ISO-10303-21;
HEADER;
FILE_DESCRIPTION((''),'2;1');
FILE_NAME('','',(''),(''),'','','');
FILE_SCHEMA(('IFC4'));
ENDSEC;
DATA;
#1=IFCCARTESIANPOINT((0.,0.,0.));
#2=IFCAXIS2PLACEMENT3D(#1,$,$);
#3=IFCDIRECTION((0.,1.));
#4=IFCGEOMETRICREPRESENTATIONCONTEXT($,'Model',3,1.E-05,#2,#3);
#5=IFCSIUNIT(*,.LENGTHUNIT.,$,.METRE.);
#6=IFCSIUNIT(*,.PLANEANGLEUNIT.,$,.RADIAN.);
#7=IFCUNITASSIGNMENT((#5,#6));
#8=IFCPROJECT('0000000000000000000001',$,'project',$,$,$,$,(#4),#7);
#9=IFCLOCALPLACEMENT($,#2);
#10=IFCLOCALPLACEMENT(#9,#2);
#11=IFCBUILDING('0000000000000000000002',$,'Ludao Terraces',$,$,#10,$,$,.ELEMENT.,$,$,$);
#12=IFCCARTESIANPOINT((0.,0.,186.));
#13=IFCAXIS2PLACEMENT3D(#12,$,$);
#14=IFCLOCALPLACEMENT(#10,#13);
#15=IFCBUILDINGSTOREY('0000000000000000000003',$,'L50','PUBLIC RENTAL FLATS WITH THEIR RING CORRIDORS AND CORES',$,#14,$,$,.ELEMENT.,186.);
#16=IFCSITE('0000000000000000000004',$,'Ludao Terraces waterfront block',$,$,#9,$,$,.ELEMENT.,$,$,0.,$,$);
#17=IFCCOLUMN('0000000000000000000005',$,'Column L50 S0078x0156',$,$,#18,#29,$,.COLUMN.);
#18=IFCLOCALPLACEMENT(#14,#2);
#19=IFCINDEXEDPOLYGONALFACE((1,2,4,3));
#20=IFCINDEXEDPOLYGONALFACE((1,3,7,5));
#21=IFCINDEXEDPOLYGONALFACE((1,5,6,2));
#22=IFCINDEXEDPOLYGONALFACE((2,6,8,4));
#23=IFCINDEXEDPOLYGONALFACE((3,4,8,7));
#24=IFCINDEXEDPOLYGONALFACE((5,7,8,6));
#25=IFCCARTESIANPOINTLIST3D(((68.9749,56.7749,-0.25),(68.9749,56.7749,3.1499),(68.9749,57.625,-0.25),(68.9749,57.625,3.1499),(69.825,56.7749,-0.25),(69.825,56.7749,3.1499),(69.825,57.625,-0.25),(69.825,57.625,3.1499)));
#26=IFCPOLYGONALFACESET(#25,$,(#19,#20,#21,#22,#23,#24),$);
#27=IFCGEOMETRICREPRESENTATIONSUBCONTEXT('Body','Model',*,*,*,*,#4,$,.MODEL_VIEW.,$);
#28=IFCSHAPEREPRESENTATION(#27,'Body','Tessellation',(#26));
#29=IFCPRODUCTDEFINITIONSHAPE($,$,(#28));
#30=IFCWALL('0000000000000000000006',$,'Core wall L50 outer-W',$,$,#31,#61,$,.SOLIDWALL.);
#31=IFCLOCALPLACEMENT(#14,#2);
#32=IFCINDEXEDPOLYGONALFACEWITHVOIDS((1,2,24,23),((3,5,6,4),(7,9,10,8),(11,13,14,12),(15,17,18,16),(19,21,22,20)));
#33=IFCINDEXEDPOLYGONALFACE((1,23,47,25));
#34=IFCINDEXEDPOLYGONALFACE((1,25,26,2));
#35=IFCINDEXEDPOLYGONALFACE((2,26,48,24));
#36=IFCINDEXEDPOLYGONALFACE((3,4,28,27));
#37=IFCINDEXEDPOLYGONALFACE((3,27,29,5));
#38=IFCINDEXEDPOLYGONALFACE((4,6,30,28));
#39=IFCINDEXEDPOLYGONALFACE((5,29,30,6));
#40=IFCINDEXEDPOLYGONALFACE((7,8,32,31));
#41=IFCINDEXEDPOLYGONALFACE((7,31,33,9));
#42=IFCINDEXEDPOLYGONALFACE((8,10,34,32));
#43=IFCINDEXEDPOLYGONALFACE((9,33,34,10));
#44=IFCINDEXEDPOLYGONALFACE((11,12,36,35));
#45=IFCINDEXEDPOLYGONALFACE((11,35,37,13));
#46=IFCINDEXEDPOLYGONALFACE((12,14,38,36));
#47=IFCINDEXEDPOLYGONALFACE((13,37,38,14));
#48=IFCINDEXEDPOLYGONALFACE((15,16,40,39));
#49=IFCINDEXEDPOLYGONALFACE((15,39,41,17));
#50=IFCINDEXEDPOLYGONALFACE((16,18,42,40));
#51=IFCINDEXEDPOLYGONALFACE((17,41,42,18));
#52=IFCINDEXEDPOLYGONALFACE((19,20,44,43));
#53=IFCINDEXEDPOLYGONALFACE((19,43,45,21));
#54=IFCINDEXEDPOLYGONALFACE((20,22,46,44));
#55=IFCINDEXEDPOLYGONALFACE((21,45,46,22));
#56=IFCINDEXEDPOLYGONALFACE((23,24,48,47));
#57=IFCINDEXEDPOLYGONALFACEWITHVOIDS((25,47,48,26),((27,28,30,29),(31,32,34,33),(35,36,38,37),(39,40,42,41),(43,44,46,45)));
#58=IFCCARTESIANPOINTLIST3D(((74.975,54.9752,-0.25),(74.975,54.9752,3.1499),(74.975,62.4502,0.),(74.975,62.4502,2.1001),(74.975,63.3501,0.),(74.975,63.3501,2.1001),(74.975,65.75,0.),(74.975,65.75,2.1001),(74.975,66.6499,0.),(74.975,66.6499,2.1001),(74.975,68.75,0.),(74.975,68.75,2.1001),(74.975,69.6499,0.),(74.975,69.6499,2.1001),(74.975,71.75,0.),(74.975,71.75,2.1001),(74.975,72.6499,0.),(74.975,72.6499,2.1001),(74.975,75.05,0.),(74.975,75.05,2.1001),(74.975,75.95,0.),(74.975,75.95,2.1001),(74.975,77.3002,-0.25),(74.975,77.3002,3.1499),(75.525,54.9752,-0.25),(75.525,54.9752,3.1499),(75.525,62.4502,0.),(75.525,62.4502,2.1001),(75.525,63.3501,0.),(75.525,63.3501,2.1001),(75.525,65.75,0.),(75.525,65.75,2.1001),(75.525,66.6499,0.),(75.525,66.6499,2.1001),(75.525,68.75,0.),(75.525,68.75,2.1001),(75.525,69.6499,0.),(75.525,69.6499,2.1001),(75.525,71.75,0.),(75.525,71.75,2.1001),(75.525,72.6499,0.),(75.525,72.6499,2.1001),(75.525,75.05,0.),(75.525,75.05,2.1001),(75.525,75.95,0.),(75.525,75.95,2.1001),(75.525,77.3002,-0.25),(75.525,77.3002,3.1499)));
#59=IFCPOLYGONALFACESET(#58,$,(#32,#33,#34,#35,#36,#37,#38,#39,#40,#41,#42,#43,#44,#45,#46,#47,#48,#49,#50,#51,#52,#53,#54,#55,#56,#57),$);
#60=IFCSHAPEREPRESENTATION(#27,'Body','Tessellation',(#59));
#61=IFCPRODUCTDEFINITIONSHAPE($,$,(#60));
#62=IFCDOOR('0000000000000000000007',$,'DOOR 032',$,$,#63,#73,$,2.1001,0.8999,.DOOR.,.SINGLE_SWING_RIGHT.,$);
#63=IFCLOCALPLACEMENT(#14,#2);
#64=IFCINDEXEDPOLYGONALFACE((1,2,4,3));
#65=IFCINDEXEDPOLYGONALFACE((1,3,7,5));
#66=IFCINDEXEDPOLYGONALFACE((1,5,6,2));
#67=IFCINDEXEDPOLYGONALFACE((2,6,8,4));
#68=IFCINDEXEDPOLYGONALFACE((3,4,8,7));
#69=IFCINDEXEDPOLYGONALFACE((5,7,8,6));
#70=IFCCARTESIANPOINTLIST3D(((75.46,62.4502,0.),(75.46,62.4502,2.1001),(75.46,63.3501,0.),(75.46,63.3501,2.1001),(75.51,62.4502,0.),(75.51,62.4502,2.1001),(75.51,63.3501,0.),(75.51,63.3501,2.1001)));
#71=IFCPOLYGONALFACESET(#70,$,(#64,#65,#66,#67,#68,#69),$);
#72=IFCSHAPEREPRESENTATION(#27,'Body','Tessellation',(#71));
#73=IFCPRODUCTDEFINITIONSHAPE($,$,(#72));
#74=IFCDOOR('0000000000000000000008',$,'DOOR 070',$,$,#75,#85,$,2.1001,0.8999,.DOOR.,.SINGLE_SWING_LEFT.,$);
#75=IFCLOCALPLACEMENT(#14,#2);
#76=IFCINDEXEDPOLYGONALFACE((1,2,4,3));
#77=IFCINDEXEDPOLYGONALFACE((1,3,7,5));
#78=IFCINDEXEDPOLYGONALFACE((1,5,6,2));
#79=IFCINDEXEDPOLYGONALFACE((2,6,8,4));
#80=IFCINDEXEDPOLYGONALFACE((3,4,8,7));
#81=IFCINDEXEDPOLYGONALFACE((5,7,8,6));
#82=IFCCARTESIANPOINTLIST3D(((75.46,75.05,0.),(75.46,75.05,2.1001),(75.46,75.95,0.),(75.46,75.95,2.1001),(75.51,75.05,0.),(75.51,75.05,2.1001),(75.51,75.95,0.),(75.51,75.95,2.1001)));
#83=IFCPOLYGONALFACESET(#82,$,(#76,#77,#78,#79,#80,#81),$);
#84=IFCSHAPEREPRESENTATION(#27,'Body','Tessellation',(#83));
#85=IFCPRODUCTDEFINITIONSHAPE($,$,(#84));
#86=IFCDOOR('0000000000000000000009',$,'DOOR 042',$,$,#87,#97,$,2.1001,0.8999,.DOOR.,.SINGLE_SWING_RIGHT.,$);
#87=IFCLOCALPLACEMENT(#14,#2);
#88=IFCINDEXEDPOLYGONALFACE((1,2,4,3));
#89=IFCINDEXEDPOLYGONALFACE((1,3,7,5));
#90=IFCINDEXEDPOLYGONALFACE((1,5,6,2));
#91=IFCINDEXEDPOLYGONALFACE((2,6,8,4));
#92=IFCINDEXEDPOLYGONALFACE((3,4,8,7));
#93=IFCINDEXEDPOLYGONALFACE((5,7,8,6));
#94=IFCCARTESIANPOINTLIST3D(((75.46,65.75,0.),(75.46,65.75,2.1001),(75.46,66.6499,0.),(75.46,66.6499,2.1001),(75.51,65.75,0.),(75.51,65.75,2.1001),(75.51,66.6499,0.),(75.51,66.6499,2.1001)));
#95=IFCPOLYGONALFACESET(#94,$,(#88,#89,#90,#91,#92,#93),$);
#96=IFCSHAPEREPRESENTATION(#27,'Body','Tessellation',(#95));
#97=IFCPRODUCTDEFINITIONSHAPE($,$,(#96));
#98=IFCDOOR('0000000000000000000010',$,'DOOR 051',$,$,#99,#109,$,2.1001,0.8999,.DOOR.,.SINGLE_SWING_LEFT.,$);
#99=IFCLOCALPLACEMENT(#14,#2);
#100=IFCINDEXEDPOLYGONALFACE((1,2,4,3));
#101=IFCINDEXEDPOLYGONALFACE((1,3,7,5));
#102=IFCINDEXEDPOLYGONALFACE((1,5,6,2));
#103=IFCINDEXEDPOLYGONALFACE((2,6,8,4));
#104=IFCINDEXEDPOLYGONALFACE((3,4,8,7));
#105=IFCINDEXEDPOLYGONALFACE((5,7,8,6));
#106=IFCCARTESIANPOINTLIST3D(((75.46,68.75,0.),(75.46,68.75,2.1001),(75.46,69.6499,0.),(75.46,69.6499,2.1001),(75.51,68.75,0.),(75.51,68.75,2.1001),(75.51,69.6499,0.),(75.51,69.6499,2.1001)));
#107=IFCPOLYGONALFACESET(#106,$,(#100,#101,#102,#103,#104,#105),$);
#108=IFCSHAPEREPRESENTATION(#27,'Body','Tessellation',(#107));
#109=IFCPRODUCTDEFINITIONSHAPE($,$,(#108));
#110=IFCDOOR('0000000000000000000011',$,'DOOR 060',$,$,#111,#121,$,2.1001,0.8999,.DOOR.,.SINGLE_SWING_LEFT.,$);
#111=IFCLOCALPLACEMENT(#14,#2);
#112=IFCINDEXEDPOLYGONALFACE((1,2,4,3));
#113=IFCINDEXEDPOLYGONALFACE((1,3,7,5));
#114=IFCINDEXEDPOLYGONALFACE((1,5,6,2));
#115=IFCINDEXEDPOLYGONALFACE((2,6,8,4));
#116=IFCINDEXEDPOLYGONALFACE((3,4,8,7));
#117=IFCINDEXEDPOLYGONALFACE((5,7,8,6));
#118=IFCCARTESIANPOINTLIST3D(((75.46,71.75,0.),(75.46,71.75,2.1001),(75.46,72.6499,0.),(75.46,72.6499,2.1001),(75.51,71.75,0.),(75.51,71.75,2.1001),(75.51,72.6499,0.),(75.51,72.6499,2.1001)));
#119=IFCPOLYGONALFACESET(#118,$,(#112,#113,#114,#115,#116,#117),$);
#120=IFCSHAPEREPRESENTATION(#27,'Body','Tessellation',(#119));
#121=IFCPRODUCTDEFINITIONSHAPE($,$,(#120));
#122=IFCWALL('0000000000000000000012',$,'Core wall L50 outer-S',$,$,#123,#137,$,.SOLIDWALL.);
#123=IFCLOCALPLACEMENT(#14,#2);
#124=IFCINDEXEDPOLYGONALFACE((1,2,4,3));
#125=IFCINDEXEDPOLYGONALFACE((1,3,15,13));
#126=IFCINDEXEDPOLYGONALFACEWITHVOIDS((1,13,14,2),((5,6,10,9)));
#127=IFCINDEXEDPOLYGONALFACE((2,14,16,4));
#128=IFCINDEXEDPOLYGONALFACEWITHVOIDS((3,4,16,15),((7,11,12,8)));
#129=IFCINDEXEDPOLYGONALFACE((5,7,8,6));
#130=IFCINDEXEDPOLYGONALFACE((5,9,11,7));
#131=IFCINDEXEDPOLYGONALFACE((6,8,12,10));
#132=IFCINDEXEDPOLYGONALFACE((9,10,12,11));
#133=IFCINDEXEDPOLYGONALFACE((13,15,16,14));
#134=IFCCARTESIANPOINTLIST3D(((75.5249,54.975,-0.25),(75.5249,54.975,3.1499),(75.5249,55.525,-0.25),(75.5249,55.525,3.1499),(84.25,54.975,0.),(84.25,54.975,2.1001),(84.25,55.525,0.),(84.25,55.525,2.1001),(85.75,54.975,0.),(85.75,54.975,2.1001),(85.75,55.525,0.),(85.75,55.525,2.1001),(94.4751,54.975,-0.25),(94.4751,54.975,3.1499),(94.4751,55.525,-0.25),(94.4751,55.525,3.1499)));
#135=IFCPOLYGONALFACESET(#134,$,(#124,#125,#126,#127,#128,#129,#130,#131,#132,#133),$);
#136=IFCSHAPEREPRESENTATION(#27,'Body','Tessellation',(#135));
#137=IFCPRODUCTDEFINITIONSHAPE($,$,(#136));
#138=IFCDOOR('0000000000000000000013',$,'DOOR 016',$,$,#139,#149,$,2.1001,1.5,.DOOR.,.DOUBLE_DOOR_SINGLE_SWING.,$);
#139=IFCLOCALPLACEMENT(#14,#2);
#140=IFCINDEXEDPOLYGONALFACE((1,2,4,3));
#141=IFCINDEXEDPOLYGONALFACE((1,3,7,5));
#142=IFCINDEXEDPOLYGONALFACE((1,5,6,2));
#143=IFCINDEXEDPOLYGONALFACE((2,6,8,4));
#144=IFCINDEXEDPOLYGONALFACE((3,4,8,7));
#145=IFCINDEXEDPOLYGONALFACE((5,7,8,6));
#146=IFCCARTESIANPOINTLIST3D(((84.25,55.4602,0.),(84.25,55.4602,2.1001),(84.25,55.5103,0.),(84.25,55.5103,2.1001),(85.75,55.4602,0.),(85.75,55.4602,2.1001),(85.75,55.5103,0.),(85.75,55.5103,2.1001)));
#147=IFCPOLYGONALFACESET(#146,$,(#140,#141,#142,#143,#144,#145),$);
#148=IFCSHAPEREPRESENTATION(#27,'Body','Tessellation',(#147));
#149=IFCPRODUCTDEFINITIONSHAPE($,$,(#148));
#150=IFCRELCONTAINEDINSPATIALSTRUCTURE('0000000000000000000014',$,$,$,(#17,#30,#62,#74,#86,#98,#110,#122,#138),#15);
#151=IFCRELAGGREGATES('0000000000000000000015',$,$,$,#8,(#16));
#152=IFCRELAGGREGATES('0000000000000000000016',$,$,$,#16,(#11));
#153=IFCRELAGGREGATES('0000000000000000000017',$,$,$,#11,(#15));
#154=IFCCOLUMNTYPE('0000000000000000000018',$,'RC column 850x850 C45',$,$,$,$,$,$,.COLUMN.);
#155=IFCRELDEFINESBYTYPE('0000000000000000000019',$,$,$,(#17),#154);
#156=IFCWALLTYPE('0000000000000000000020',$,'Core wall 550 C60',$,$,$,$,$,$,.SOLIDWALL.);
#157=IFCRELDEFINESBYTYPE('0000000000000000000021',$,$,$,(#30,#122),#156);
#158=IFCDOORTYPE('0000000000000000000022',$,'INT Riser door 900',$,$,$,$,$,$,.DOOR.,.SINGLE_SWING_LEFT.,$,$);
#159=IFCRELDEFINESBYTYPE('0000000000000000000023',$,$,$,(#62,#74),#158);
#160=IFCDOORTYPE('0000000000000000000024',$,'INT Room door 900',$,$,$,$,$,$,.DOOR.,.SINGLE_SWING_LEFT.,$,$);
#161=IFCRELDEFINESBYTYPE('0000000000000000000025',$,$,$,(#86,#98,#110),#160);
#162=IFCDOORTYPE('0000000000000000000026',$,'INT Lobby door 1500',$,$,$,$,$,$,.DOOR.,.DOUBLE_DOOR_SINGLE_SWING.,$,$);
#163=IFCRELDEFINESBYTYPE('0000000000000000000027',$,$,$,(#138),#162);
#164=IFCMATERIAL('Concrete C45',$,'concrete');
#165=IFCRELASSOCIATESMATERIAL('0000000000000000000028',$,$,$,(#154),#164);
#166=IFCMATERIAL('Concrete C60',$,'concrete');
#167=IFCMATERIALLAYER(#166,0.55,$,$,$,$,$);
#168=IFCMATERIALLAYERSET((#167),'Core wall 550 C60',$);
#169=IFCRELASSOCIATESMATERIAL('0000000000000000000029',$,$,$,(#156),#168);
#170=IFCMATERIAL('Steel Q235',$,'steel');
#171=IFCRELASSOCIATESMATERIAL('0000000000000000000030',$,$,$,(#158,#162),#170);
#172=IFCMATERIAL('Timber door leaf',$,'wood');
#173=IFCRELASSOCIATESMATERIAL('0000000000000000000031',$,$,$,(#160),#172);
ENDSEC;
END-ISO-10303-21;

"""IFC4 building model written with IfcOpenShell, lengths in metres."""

from ifc_helpers import new_model, si_unit, direction, frame, frame_2d, origin, origin_2d, place, context, subcontext, project, spatial, rectangle, extrude, material, layer, layer_set, material_profile, profile_set, type_object, element, fill, save


model = new_model("IFC4")

# Units and contexts
model_context = context("Model", 3, precision=1e-05, world=origin(), true_north=direction((0.0, 1.0)))
body_context = subcontext(model_context, "Body", "Model", "MODEL_VIEW")
ifc_project = project(units=[si_unit("LENGTHUNIT", "METRE"), si_unit("PLANEANGLEUNIT", "RADIAN")], contexts=[model_context])

# Site, building, storey
site_placement = place(None, origin())
site = spatial("IfcSite", under=ifc_project, at=site_placement, Name="Ludao Terraces waterfront block", CompositionType="ELEMENT", RefElevation=0.0)
building_placement = place(site_placement, origin())
building = spatial("IfcBuilding", under=site, at=building_placement, Name="Ludao Terraces", CompositionType="ELEMENT")
storey_placement = place(building_placement, frame((0.0, 0.0, 186.0)))
storey = spatial("IfcBuildingStorey", under=building, at=storey_placement, Name="L50", Description="PUBLIC RENTAL FLATS WITH THEIR RING CORRIDORS AND CORES", CompositionType="ELEMENT", Elevation=186.0)

# Column
ifc_material_1 = material(Name="Concrete C45", Category="concrete")
ifc_material_profile = material_profile(ifc_material_1, rectangle(XDim=0.8501, YDim=0.8501, at=origin_2d()), Name="850 X 850")
ifc_profile_set = profile_set([ifc_material_profile], Name="Concrete C45")
column_type = type_object("IfcColumnType", Name="RC column 850x850 C45", PredefinedType="COLUMN", material=ifc_profile_set)
column_placement = place(storey_placement, frame((69.3999, 57.2, -0.25), z_axis=(0.0, 0.0, 1.0), x_axis=(1.0, 0.0, 0.0)))
element("IfcColumn", 1, at=column_placement, inside=storey, type_object=column_type, Name="Column L50 S0078x0156", PredefinedType="COLUMN", context=body_context, shape_type="SweptSolid", body=[
    extrude(rectangle(XDim=0.8501, YDim=0.8501, at=origin_2d()), origin(), (0.0, 0.0, 1.0), 3.3999),
])

# Wall, openings, doors
ifc_material_2 = material(Name="Concrete C60", Category="concrete")
ifc_layer_1 = layer(ifc_material_2, 0.55)
ifc_layer_set_1 = layer_set([ifc_layer_1], Name="Core wall 550 C60")
wall_type_1 = type_object("IfcWallType", Name="Core wall 550 C60", PredefinedType="SOLIDWALL", material=ifc_layer_set_1)
wall_1_placement = place(storey_placement, frame((75.25, 54.9751, -0.25), z_axis=(0.0, 0.0, 1.0), x_axis=(0.0, 1.0, 0.0)))
wall_1 = element("IfcWall", 2, at=wall_1_placement, inside=storey, type_object=wall_type_1, Name="Core wall L50 outer-W", PredefinedType="SOLIDWALL", context=body_context, shape_type="SweptSolid", body=[
    extrude(rectangle(XDim=22.325, YDim=0.55, at=frame_2d((11.1626, 0.0))), origin(), (0.0, 0.0, 1.0), 3.3999),
])
opening_1_placement = place(wall_1_placement, frame((7.4751, 0.0, 0.25)))
opening_1 = element("IfcOpeningElement", 3, at=opening_1_placement, cuts=wall_1, PredefinedType="OPENING", context=body_context, shape_type="SweptSolid", body=[
    extrude(rectangle(XDim=0.8999, YDim=2.1001, at=frame_2d((0.45, 1.05))), frame((0.0, 0.2852, 0.0), z_axis=(0.0, -1.0, 0.0), x_axis=(1.0, 0.0, 0.0)), (0.0, 0.0, 1.0), 0.5701),
])
opening_2_placement = place(wall_1_placement, frame((10.7749, 0.0, 0.25)))
opening_2 = element("IfcOpeningElement", 4, at=opening_2_placement, cuts=wall_1, PredefinedType="OPENING", context=body_context, shape_type="SweptSolid", body=[
    extrude(rectangle(XDim=0.8999, YDim=2.1001, at=frame_2d((0.45, 1.05))), frame((0.0, 0.2852, 0.0), z_axis=(0.0, -1.0, 0.0), x_axis=(1.0, 0.0, 0.0)), (0.0, 0.0, 1.0), 0.5701),
])
opening_3_placement = place(wall_1_placement, frame((13.7749, 0.0, 0.25)))
opening_3 = element("IfcOpeningElement", 5, at=opening_3_placement, cuts=wall_1, PredefinedType="OPENING", context=body_context, shape_type="SweptSolid", body=[
    extrude(rectangle(XDim=0.8999, YDim=2.1001, at=frame_2d((0.45, 1.05))), frame((0.0, 0.2852, 0.0), z_axis=(0.0, -1.0, 0.0), x_axis=(1.0, 0.0, 0.0)), (0.0, 0.0, 1.0), 0.5701),
])
opening_4_placement = place(wall_1_placement, frame((16.7749, 0.0, 0.25)))
opening_4 = element("IfcOpeningElement", 6, at=opening_4_placement, cuts=wall_1, PredefinedType="OPENING", context=body_context, shape_type="SweptSolid", body=[
    extrude(rectangle(XDim=0.8999, YDim=2.1001, at=frame_2d((0.45, 1.05))), frame((0.0, 0.2852, 0.0), z_axis=(0.0, -1.0, 0.0), x_axis=(1.0, 0.0, 0.0)), (0.0, 0.0, 1.0), 0.5701),
])
opening_5_placement = place(wall_1_placement, frame((20.075, 0.0, 0.25)))
opening_5 = element("IfcOpeningElement", 7, at=opening_5_placement, cuts=wall_1, PredefinedType="OPENING", context=body_context, shape_type="SweptSolid", body=[
    extrude(rectangle(XDim=0.8999, YDim=2.1001, at=frame_2d((0.45, 1.05))), frame((0.0, 0.2852, 0.0), z_axis=(0.0, -1.0, 0.0), x_axis=(1.0, 0.0, 0.0)), (0.0, 0.0, 1.0), 0.5701),
])
ifc_material_3 = material(Name="Steel Q235", Category="steel")
door_type_1 = type_object("IfcDoorType", Name="INT Riser door 900", OperationType="SINGLE_SWING_LEFT", PredefinedType="DOOR", material=ifc_material_3)
door_1_placement = place(opening_1_placement, origin())
door_1 = element("IfcDoor", 8, at=door_1_placement, inside=storey, type_object=door_type_1, Name="DOOR 032", OperationType="SINGLE_SWING_RIGHT", OverallHeight=2.1001, OverallWidth=0.8999, PredefinedType="DOOR", context=body_context, shape_type="SweptSolid", body=[
    extrude(rectangle(XDim=0.8999, YDim=2.1001, at=frame_2d((0.45, 1.05))), frame((0.0, -0.21, 0.0), z_axis=(0.0, -1.0, 0.0), x_axis=(1.0, 0.0, 0.0)), (0.0, 0.0, 1.0), 0.05),
])
fill(opening_1, door_1)
door_2_placement = place(opening_5_placement, origin())
door_2 = element("IfcDoor", 9, at=door_2_placement, inside=storey, type_object=door_type_1, Name="DOOR 070", OperationType="SINGLE_SWING_LEFT", OverallHeight=2.1001, OverallWidth=0.8999, PredefinedType="DOOR", context=body_context, shape_type="SweptSolid", body=[
    extrude(rectangle(XDim=0.8999, YDim=2.1001, at=frame_2d((0.45, 1.05))), frame((0.0, -0.21, 0.0), z_axis=(0.0, -1.0, 0.0), x_axis=(1.0, 0.0, 0.0)), (0.0, 0.0, 1.0), 0.05),
])
fill(opening_5, door_2)
ifc_material_4 = material(Name="Timber door leaf", Category="wood")
door_type_2 = type_object("IfcDoorType", Name="INT Room door 900", OperationType="SINGLE_SWING_LEFT", PredefinedType="DOOR", material=ifc_material_4)
door_3_placement = place(opening_2_placement, origin())
door_3 = element("IfcDoor", 10, at=door_3_placement, inside=storey, type_object=door_type_2, Name="DOOR 042", OperationType="SINGLE_SWING_RIGHT", OverallHeight=2.1001, OverallWidth=0.8999, PredefinedType="DOOR", context=body_context, shape_type="SweptSolid", body=[
    extrude(rectangle(XDim=0.8999, YDim=2.1001, at=frame_2d((0.45, 1.05))), frame((0.0, -0.21, 0.0), z_axis=(0.0, -1.0, 0.0), x_axis=(1.0, 0.0, 0.0)), (0.0, 0.0, 1.0), 0.05),
])
fill(opening_2, door_3)
door_4_placement = place(opening_3_placement, origin())
door_4 = element("IfcDoor", 11, at=door_4_placement, inside=storey, type_object=door_type_2, Name="DOOR 051", OperationType="SINGLE_SWING_LEFT", OverallHeight=2.1001, OverallWidth=0.8999, PredefinedType="DOOR", context=body_context, shape_type="SweptSolid", body=[
    extrude(rectangle(XDim=0.8999, YDim=2.1001, at=frame_2d((0.45, 1.05))), frame((0.0, -0.21, 0.0), z_axis=(0.0, -1.0, 0.0), x_axis=(1.0, 0.0, 0.0)), (0.0, 0.0, 1.0), 0.05),
])
fill(opening_3, door_4)
door_5_placement = place(opening_4_placement, origin())
door_5 = element("IfcDoor", 12, at=door_5_placement, inside=storey, type_object=door_type_2, Name="DOOR 060", OperationType="SINGLE_SWING_LEFT", OverallHeight=2.1001, OverallWidth=0.8999, PredefinedType="DOOR", context=body_context, shape_type="SweptSolid", body=[
    extrude(rectangle(XDim=0.8999, YDim=2.1001, at=frame_2d((0.45, 1.05))), frame((0.0, -0.21, 0.0), z_axis=(0.0, -1.0, 0.0), x_axis=(1.0, 0.0, 0.0)), (0.0, 0.0, 1.0), 0.05),
])
fill(opening_4, door_5)

# Wall, opening, door
wall_2_placement = place(storey_placement, frame((75.5249, 55.25, -0.25), z_axis=(0.0, 0.0, 1.0), x_axis=(1.0, 0.0, 0.0)))
wall_2 = element("IfcWall", 13, at=wall_2_placement, inside=storey, type_object=wall_type_1, Name="Core wall L50 outer-S", PredefinedType="SOLIDWALL", context=body_context, shape_type="SweptSolid", body=[
    extrude(rectangle(XDim=18.9502, YDim=0.55, at=frame_2d((9.4751, 0.0))), origin(), (0.0, 0.0, 1.0), 3.3999),
])
opening_6_placement = place(wall_2_placement, frame((8.7251, 0.0, 0.25)))
opening_6 = element("IfcOpeningElement", 14, at=opening_6_placement, cuts=wall_2, PredefinedType="OPENING", context=body_context, shape_type="SweptSolid", body=[
    extrude(rectangle(XDim=1.5, YDim=2.1001, at=frame_2d((0.75, 1.05))), frame((0.0, 0.2852, 0.0), z_axis=(0.0, -1.0, 0.0), x_axis=(1.0, 0.0, 0.0)), (0.0, 0.0, 1.0), 0.5701),
])
door_type_3 = type_object("IfcDoorType", Name="INT Lobby door 1500", OperationType="DOUBLE_DOOR_SINGLE_SWING", PredefinedType="DOOR", material=ifc_material_3)
door_6_placement = place(opening_6_placement, origin())
door_6 = element("IfcDoor", 15, at=door_6_placement, inside=storey, type_object=door_type_3, Name="DOOR 016", OperationType="DOUBLE_DOOR_SINGLE_SWING", OverallHeight=2.1001, OverallWidth=1.5, PredefinedType="DOOR", context=body_context, shape_type="SweptSolid", body=[
    extrude(rectangle(XDim=1.5, YDim=2.1001, at=frame_2d((0.75, 1.05))), frame((0.0, 0.2603, 0.0), z_axis=(0.0, -1.0, 0.0), x_axis=(1.0, 0.0, 0.0)), (0.0, 0.0, 1.0), 0.05),
])
fill(opening_6, door_6)

save(model, "model.ifc")
